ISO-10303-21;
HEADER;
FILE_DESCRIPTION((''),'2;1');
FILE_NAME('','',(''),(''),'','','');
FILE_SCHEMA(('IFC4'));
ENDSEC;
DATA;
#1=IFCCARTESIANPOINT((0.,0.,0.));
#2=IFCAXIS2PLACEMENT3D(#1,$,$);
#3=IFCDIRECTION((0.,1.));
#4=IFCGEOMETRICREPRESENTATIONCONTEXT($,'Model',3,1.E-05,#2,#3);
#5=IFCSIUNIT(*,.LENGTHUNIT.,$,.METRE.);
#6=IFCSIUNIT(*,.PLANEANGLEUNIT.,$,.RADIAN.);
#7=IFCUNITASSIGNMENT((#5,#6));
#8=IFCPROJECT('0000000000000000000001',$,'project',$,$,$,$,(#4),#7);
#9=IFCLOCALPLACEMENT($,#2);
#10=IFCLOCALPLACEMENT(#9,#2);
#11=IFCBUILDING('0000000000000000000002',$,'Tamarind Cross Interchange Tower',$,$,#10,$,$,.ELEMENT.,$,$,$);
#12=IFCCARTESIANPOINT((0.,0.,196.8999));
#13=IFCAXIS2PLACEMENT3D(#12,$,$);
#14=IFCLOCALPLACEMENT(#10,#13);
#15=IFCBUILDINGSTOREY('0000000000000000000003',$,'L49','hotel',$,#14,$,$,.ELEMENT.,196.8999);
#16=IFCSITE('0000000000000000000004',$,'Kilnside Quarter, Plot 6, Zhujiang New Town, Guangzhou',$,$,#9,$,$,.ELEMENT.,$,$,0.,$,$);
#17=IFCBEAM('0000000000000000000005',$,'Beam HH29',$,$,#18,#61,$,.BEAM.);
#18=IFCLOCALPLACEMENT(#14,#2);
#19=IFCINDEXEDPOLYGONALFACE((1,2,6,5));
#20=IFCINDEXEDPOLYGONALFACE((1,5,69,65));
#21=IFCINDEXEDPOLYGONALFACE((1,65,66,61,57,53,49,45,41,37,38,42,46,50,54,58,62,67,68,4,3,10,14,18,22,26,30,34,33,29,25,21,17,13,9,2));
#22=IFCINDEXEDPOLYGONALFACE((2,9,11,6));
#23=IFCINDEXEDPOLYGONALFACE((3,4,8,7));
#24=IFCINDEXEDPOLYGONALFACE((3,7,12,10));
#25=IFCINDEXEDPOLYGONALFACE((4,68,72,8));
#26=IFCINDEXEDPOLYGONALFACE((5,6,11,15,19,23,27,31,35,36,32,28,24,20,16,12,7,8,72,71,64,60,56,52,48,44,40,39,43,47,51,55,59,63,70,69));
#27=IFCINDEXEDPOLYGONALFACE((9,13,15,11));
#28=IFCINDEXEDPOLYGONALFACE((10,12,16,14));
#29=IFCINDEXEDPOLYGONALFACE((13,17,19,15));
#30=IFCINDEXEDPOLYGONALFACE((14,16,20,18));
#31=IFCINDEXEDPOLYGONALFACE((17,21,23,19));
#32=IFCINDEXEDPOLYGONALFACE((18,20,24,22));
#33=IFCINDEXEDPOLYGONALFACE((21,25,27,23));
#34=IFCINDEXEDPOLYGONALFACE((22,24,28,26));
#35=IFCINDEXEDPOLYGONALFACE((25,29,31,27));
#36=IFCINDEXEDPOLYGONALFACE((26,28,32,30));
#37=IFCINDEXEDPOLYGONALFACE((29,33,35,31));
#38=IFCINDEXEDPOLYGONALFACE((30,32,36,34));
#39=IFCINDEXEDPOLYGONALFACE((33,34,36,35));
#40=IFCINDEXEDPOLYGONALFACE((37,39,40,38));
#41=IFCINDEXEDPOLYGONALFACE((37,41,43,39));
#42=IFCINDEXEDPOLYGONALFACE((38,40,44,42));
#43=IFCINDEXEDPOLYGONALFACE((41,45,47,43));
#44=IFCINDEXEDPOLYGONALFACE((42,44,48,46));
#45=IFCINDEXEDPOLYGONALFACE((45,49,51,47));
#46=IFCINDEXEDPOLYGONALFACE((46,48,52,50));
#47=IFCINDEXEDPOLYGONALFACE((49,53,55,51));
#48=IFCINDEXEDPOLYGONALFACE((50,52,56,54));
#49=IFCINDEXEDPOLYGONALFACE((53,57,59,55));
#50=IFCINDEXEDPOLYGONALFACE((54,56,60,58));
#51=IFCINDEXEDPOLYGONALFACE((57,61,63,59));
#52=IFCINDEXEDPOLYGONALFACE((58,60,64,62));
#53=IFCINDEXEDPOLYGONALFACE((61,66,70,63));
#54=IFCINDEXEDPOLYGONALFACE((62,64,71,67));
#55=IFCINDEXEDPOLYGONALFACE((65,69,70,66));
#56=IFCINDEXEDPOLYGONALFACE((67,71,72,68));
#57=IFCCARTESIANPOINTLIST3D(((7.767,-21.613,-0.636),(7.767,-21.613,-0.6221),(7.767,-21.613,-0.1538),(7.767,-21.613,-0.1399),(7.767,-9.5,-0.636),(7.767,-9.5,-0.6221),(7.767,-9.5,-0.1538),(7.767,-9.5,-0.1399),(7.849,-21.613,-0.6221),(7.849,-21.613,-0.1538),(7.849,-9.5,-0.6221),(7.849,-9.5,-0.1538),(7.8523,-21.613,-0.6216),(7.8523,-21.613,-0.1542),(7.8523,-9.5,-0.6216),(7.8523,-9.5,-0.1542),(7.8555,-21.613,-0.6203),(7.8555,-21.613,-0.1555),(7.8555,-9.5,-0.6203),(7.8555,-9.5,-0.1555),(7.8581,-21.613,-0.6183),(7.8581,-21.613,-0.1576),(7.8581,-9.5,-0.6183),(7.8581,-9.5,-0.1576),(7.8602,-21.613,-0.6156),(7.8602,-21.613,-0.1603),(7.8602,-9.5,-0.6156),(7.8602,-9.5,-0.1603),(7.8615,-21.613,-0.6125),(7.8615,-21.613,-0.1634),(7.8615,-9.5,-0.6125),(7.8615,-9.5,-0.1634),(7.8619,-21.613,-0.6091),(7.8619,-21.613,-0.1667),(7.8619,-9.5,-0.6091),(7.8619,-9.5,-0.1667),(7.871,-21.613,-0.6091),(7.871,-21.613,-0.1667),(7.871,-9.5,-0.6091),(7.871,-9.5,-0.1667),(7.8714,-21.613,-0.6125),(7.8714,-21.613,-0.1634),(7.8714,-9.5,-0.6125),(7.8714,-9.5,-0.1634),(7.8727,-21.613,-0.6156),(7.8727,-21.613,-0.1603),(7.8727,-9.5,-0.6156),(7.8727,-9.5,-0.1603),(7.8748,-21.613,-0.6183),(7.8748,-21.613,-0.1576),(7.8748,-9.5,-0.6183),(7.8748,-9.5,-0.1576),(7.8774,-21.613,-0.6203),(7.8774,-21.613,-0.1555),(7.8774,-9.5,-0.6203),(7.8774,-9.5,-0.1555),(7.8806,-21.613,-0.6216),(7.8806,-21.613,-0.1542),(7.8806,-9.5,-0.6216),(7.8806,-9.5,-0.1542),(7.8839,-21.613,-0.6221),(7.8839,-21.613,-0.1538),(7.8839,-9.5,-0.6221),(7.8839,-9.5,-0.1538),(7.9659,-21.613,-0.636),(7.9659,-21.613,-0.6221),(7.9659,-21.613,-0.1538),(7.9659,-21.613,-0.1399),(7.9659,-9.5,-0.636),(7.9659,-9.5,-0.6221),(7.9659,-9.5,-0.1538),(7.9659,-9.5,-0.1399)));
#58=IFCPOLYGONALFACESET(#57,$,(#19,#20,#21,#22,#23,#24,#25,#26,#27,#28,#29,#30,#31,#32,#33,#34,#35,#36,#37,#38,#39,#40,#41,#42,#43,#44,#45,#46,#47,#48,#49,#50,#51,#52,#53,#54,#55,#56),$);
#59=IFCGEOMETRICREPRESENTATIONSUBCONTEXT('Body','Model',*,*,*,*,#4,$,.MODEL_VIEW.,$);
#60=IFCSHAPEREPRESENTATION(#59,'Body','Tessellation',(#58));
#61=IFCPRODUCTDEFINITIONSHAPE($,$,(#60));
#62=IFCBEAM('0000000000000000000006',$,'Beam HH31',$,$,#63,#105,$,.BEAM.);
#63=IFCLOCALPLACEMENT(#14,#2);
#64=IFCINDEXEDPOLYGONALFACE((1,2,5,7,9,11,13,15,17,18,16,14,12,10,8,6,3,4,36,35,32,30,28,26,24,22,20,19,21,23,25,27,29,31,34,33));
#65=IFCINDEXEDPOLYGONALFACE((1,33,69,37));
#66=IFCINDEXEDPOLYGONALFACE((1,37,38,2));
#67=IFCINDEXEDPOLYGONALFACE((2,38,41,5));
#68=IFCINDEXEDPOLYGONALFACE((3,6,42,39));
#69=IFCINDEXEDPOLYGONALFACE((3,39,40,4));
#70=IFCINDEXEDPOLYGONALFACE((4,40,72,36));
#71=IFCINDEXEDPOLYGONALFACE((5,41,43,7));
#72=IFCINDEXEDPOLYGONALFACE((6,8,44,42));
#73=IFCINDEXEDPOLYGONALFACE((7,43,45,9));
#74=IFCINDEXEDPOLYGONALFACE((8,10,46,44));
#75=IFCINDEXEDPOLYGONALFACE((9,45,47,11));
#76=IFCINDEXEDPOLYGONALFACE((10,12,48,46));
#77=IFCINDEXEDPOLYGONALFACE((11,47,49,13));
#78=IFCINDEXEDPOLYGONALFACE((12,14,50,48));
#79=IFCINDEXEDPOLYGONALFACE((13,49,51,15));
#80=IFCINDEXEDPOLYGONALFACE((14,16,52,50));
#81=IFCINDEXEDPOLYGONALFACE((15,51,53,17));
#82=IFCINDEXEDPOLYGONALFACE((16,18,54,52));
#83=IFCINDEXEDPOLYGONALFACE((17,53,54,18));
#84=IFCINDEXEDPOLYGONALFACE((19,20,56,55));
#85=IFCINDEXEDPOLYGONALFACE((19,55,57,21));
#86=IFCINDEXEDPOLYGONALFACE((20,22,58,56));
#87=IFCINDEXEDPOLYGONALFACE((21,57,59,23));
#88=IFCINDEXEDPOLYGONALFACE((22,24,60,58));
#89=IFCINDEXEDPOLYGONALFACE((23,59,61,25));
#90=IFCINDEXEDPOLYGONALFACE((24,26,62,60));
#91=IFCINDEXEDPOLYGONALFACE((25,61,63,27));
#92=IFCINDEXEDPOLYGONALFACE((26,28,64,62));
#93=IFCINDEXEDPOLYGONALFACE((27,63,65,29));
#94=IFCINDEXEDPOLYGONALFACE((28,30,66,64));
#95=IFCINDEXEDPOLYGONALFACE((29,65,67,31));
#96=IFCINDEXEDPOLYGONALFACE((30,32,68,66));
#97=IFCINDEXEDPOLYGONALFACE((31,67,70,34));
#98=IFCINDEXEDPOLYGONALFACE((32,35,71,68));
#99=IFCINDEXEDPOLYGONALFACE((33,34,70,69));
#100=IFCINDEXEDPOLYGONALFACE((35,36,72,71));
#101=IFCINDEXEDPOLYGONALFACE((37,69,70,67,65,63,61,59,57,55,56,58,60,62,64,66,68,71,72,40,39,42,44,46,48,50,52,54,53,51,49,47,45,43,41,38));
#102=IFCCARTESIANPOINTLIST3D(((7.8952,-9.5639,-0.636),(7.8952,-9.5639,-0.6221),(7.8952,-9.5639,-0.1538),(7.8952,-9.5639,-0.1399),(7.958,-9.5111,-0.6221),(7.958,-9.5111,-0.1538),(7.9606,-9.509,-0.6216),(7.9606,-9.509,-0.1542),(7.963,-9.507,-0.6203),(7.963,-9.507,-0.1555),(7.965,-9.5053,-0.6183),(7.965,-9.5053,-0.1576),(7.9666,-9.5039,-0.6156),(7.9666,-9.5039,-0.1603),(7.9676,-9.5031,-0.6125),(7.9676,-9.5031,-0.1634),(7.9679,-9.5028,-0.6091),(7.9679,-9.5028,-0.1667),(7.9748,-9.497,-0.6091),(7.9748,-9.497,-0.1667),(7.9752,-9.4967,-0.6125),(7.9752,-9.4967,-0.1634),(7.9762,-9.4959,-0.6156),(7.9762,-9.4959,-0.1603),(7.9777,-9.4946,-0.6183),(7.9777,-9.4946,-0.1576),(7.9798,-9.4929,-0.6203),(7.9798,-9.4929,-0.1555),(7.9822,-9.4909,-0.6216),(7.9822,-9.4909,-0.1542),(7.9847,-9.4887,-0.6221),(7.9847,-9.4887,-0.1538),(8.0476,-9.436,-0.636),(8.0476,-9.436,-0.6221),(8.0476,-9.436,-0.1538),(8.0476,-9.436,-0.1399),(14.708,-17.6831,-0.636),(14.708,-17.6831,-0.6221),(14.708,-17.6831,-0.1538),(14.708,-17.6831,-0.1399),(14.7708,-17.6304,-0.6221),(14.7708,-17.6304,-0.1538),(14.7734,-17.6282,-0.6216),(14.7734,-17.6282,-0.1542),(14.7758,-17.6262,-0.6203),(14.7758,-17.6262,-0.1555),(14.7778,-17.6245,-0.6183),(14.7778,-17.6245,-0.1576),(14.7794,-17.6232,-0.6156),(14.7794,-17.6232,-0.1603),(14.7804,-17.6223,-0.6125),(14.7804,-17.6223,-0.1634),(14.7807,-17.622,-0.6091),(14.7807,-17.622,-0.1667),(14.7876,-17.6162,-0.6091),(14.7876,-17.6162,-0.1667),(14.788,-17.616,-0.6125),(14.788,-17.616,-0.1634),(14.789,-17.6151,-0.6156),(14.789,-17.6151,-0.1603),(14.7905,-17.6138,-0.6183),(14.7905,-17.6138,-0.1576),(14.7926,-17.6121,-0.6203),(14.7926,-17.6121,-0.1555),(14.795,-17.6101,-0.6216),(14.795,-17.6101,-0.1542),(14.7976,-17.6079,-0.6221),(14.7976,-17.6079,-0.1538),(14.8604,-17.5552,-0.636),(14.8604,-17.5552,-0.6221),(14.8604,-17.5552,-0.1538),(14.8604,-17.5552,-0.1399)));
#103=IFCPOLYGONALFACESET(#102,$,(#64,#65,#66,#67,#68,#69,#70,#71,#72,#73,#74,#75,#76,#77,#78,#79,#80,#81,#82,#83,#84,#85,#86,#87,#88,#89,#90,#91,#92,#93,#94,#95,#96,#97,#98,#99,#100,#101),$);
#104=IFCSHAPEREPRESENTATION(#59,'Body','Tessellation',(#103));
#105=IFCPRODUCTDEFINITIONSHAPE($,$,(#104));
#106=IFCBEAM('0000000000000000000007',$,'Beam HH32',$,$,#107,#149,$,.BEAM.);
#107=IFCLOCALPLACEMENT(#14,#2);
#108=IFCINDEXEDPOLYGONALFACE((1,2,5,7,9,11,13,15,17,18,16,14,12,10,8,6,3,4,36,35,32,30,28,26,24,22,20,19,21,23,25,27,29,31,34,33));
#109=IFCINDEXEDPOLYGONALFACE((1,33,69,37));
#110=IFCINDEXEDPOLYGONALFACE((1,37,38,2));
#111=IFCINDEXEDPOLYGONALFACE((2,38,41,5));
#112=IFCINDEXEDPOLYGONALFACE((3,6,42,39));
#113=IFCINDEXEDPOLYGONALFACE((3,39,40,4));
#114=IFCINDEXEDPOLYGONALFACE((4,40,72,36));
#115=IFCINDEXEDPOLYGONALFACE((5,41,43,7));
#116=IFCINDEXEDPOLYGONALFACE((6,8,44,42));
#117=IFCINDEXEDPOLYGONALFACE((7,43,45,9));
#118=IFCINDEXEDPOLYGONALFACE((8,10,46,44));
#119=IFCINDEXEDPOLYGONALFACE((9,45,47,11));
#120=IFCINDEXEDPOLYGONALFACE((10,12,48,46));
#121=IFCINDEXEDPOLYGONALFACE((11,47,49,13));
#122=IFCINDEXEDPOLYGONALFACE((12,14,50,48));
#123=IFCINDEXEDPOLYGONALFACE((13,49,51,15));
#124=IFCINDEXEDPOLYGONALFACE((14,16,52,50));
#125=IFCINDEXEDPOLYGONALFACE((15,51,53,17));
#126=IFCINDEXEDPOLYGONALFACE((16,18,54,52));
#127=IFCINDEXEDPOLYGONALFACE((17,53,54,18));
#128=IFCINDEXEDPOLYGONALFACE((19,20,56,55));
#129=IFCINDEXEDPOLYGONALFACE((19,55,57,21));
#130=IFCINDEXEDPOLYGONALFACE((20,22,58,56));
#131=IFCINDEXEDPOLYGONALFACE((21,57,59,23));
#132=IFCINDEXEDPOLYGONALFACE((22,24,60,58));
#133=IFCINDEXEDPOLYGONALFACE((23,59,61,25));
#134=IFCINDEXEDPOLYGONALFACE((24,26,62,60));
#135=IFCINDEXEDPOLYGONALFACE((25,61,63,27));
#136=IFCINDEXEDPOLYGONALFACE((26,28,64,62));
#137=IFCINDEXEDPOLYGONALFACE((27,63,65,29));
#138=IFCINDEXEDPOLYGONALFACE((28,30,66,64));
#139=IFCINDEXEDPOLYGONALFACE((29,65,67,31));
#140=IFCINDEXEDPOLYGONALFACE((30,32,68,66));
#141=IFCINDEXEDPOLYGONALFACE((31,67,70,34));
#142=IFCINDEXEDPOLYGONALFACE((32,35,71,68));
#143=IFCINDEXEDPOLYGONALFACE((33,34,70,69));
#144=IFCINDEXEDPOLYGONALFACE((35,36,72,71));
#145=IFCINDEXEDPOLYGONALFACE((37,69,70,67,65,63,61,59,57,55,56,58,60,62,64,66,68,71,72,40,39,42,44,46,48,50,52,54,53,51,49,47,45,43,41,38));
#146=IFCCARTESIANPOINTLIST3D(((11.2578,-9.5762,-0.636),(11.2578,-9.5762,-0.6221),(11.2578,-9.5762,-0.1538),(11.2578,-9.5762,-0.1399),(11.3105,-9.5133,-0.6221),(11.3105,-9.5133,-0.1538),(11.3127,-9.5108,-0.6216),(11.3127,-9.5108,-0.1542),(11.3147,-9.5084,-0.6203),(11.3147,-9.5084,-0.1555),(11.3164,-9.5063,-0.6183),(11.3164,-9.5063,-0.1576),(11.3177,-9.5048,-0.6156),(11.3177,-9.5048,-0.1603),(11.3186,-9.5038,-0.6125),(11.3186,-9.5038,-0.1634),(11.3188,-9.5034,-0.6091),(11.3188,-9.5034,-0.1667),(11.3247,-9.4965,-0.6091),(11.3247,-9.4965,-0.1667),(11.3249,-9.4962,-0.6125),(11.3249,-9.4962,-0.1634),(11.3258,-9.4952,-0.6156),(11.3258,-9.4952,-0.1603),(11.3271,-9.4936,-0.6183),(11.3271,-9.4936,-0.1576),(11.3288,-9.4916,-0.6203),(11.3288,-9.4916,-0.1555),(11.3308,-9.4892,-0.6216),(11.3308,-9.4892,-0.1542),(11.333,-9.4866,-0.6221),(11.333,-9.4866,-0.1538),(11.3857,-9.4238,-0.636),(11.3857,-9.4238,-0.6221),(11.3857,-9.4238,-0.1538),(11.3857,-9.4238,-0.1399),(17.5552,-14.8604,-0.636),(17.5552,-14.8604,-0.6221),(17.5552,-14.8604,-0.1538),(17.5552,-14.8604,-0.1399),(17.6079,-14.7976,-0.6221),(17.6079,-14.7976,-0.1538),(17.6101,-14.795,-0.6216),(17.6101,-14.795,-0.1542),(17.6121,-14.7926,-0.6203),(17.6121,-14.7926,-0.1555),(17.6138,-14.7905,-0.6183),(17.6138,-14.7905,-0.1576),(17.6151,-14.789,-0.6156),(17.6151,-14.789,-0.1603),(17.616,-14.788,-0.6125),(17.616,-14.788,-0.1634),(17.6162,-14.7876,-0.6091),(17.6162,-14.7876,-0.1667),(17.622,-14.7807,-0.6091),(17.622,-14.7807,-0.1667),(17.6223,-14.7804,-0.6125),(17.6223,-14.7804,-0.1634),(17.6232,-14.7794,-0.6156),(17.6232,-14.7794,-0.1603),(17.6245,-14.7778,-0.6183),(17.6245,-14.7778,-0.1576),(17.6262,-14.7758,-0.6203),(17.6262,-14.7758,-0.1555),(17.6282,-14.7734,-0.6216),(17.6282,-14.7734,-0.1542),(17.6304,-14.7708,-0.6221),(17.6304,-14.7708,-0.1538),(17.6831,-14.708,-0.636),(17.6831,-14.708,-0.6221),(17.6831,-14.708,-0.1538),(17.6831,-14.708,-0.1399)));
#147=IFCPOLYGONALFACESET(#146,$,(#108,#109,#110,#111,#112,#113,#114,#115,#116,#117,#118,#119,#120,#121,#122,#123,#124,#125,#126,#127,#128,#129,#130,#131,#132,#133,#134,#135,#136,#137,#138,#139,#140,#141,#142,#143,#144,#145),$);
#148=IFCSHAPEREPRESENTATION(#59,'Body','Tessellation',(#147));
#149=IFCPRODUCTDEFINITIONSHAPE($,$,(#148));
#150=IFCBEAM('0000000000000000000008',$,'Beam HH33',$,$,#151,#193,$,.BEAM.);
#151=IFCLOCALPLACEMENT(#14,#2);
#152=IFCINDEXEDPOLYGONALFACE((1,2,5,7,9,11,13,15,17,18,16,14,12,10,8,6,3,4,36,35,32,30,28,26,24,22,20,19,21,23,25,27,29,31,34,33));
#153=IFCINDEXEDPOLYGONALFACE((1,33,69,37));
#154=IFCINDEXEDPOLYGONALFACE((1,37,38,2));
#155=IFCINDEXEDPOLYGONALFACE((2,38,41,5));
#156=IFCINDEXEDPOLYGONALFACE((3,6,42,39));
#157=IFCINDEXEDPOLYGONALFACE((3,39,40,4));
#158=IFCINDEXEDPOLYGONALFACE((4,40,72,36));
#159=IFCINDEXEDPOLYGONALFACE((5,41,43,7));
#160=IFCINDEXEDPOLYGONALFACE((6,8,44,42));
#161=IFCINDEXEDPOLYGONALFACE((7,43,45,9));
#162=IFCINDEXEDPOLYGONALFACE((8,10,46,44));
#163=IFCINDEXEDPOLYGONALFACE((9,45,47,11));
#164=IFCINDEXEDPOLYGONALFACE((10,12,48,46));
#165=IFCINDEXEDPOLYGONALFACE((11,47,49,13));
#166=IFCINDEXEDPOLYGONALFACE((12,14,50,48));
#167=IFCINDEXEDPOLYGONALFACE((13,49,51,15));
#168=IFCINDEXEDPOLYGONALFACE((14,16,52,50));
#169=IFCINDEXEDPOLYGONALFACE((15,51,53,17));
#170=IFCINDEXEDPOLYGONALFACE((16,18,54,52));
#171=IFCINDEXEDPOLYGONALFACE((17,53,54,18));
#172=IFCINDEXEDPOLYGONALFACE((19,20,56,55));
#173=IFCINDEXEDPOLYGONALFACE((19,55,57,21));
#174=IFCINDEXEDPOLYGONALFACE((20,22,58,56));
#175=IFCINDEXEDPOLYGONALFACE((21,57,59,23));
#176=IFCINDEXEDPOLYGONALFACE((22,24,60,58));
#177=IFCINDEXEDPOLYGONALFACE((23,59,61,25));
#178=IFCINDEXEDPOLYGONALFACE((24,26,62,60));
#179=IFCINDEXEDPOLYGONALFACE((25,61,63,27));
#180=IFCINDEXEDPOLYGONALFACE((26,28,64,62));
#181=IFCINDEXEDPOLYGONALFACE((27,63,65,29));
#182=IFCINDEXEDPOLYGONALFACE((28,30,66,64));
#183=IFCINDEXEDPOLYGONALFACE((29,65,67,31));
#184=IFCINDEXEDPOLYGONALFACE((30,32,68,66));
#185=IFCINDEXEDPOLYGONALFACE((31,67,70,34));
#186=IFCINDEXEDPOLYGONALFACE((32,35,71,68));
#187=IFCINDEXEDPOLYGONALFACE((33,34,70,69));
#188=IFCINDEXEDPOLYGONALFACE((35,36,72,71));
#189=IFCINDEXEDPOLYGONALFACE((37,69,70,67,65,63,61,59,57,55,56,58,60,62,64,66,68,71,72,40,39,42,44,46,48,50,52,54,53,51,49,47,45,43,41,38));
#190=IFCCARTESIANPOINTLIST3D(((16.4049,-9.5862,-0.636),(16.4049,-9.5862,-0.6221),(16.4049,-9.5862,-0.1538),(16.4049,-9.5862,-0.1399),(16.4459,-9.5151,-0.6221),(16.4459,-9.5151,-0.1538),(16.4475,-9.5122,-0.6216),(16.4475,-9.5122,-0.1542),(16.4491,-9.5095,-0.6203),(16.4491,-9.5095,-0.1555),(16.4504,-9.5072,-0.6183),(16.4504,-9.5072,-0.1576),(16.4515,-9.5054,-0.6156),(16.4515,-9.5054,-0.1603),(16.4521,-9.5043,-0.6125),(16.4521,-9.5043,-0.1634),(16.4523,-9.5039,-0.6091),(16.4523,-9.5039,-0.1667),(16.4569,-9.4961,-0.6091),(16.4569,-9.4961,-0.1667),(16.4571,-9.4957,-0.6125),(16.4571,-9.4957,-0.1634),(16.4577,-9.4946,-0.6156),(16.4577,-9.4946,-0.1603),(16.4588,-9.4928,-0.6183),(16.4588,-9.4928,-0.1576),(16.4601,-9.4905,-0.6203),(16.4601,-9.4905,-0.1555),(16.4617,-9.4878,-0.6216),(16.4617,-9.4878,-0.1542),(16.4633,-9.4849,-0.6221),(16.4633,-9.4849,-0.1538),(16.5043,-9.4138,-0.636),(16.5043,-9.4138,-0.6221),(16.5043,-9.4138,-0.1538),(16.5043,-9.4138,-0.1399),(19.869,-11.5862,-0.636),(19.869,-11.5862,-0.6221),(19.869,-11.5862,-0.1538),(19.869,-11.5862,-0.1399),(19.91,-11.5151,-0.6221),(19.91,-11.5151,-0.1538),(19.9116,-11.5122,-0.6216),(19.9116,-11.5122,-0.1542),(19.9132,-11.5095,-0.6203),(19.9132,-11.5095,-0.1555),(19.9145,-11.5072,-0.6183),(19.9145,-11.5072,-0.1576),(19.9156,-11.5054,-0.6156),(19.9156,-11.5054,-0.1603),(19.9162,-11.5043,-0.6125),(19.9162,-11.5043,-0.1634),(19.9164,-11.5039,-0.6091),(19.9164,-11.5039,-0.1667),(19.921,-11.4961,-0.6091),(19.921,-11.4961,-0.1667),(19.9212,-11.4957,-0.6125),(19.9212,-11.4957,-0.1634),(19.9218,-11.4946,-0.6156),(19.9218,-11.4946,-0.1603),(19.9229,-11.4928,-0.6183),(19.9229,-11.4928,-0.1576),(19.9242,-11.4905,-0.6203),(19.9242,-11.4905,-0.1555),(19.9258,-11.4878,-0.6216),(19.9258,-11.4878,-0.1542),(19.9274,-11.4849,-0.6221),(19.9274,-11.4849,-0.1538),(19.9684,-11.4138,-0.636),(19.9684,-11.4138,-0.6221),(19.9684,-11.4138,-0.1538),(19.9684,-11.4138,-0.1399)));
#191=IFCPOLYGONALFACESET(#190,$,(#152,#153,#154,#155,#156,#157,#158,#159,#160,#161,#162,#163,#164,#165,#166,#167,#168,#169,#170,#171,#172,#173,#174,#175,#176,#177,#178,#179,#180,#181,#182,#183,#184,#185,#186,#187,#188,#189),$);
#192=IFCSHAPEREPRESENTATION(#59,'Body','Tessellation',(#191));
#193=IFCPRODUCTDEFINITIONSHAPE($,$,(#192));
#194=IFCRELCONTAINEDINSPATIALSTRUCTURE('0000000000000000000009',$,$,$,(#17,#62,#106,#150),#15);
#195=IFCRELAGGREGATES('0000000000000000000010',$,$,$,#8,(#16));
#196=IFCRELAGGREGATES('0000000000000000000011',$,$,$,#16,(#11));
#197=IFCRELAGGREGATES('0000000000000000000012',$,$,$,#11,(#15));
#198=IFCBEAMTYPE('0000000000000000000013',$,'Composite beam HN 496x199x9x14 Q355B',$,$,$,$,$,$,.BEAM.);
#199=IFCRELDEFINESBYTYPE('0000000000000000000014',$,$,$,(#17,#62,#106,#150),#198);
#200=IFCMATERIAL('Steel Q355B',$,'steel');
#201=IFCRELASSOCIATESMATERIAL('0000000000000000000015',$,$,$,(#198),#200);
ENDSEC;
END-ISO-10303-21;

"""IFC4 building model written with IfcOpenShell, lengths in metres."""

from ifc_helpers import new_model, si_unit, direction, frame, origin, origin_2d, place, context, subcontext, project, spatial, i_section, extrude, material, material_profile, profile_set, type_object, element, save


model = new_model("IFC4")

# Units and contexts
model_context = context("Model", 3, precision=1e-05, world=origin(), true_north=direction((0.0, 1.0)))
body_context = subcontext(model_context, "Body", "Model", "MODEL_VIEW")
ifc_project = project(units=[si_unit("LENGTHUNIT", "METRE"), si_unit("PLANEANGLEUNIT", "RADIAN")], contexts=[model_context])

# Site, building, storey
site_placement = place(None, origin())
site = spatial("IfcSite", under=ifc_project, at=site_placement, Name="Kilnside Quarter, Plot 6, Zhujiang New Town, Guangzhou", CompositionType="ELEMENT", RefElevation=0.0)
building_placement = place(site_placement, origin())
building = spatial("IfcBuilding", under=site, at=building_placement, Name="Tamarind Cross Interchange Tower", CompositionType="ELEMENT")
storey_placement = place(building_placement, frame((0.0, 0.0, 196.8999)))
storey = spatial("IfcBuildingStorey", under=building, at=storey_placement, Name="L49", Description="hotel", CompositionType="ELEMENT", Elevation=196.8999)

# Beams
ifc_material_1 = material(Name="Steel Q355B", Category="steel")
ifc_material_profile_1 = material_profile(ifc_material_1, i_section(OverallWidth=0.199, OverallDepth=0.4961, WebThickness=0.009, FlangeThickness=0.0139, FilletRadius=0.0129, at=origin_2d()), Name="HN 496x199x9x14")
ifc_profile_set_1 = profile_set([ifc_material_profile_1], Name="Steel Q355B")
beam_type = type_object("IfcBeamType", Name="Composite beam HN 496x199x9x14 Q355B", PredefinedType="BEAM", material=ifc_profile_set_1)
beam_1_placement = place(storey_placement, frame((7.8665, -21.613, -0.3879), z_axis=(0.0, 1.0, 0.0), x_axis=(-1.0, 0.0, 0.0)))
element("IfcBeam", 1, at=beam_1_placement, inside=storey, type_object=beam_type, Name="Beam HH29", PredefinedType="BEAM", context=body_context, shape_type="SweptSolid", body=[
    extrude(i_section(OverallWidth=0.199, OverallDepth=0.4961, WebThickness=0.009, FlangeThickness=0.0139, FilletRadius=0.0129, at=origin_2d()), origin(), (0.0, 0.0, 1.0), 12.113),
])
beam_2_placement = place(storey_placement, frame((14.7842, -17.6191, -0.3879), z_axis=(-0.642786, 0.766046, 0.0), x_axis=(-0.766046, -0.642786, 0.0)))
element("IfcBeam", 2, at=beam_2_placement, inside=storey, type_object=beam_type, Name="Beam HH31", PredefinedType="BEAM", context=body_context, shape_type="SweptSolid", body=[
    extrude(i_section(OverallWidth=0.199, OverallDepth=0.4961, WebThickness=0.009, FlangeThickness=0.0139, FilletRadius=0.0129, at=origin_2d()), origin(), (0.0, 0.0, 1.0), 10.5989),
])
beam_3_placement = place(storey_placement, frame((17.6191, -14.7842, -0.3879), z_axis=(-0.766041, 0.642792, 0.0), x_axis=(-0.642792, -0.766041, 0.0)))
element("IfcBeam", 3, at=beam_3_placement, inside=storey, type_object=beam_type, Name="Beam HH32", PredefinedType="BEAM", context=body_context, shape_type="SweptSolid", body=[
    extrude(i_section(OverallWidth=0.199, OverallDepth=0.4961, WebThickness=0.009, FlangeThickness=0.0139, FilletRadius=0.0129, at=origin_2d()), origin(), (0.0, 0.0, 1.0), 8.2207),
])
beam_4_placement = place(storey_placement, frame((19.9187, -11.5, -0.3879), z_axis=(-0.866026, 0.499999, 0.0), x_axis=(-0.499999, -0.866026, 0.0)))
element("IfcBeam", 4, at=beam_4_placement, inside=storey, type_object=beam_type, Name="Beam HH33", PredefinedType="BEAM", context=body_context, shape_type="SweptSolid", body=[
    extrude(i_section(OverallWidth=0.199, OverallDepth=0.4961, WebThickness=0.009, FlangeThickness=0.0139, FilletRadius=0.0129, at=origin_2d()), origin(), (0.0, 0.0, 1.0), 4.0),
])

save(model, "model.ifc")
